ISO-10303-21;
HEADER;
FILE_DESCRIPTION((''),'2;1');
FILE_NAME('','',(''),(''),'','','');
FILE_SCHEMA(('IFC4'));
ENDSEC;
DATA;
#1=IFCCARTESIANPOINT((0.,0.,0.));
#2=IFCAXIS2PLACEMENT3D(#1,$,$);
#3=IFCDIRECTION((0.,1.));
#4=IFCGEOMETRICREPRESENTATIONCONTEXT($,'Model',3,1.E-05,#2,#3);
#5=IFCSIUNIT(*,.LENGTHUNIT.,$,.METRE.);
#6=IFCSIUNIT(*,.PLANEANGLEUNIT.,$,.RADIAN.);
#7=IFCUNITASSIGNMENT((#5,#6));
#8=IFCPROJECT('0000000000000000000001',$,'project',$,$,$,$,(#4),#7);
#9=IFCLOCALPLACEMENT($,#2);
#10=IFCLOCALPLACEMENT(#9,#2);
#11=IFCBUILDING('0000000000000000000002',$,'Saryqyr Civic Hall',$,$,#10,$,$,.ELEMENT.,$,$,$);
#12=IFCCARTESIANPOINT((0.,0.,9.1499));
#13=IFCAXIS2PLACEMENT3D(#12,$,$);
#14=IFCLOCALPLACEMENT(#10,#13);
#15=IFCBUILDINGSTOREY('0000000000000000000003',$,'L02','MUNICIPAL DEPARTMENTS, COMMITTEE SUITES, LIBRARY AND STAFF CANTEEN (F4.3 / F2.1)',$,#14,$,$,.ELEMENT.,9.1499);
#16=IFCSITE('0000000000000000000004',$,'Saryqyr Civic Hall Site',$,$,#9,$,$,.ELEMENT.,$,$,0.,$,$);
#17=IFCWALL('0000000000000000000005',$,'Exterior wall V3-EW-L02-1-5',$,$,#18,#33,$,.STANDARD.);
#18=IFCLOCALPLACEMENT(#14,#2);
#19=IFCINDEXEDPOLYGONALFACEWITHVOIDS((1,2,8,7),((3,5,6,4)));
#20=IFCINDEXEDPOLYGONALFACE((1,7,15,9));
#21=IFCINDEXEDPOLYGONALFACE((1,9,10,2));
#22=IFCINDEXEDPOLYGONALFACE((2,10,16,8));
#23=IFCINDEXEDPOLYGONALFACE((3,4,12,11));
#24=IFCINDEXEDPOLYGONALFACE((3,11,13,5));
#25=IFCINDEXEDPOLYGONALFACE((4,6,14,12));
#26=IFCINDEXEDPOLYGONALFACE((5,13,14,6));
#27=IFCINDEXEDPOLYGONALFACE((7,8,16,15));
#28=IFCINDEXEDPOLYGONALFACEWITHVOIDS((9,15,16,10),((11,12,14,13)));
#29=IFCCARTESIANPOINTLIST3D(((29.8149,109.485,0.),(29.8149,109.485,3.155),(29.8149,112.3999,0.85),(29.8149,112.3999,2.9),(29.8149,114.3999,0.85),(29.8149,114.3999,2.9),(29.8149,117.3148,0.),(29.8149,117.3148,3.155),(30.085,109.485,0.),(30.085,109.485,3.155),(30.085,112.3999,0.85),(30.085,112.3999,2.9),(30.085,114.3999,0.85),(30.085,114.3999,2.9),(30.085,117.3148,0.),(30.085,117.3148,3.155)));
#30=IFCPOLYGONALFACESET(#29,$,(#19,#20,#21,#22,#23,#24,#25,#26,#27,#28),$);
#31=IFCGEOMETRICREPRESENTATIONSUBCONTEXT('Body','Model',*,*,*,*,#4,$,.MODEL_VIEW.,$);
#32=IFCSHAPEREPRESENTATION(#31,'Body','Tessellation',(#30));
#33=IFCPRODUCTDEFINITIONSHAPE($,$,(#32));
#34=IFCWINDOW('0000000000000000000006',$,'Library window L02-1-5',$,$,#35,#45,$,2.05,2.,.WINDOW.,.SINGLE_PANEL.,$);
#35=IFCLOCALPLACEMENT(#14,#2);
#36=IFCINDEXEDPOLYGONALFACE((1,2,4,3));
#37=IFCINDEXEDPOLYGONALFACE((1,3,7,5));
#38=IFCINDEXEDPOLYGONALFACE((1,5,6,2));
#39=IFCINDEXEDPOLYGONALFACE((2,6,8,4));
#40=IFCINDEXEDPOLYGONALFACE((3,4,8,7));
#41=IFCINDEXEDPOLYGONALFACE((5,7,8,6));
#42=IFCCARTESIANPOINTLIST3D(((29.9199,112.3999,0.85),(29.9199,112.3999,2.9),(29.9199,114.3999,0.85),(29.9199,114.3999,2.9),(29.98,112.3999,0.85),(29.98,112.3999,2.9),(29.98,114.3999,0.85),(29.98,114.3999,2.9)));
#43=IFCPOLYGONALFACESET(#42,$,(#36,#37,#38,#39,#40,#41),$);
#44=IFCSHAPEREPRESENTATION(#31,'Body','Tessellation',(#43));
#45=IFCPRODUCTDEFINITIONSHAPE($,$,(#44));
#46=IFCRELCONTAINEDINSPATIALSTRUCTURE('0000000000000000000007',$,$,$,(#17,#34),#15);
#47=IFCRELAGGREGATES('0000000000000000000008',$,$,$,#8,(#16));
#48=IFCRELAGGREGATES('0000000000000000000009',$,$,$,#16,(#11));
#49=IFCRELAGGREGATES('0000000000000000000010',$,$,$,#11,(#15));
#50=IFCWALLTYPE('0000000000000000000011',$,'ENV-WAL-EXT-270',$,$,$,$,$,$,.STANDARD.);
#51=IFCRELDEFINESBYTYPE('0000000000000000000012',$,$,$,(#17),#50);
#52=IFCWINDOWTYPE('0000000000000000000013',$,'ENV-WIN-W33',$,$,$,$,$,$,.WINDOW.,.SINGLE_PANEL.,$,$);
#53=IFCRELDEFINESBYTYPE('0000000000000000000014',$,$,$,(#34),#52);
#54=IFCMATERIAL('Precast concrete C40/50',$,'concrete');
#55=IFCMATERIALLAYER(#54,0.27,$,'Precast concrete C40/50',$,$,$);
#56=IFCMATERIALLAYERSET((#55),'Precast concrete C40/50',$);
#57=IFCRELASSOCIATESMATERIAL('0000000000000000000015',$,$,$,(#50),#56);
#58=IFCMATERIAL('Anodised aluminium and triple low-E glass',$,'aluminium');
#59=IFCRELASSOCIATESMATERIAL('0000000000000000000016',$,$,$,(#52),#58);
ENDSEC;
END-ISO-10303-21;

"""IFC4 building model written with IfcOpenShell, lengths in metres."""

from ifc_helpers import new_model, si_unit, direction, frame, frame_2d, origin, place, context, subcontext, project, spatial, rectangle, extrude, material, layer, layer_set, type_object, element, fill, save


model = new_model("IFC4")

# Units and contexts
model_context = context("Model", 3, precision=1e-05, world=origin(), true_north=direction((0.0, 1.0)))
body_context = subcontext(model_context, "Body", "Model", "MODEL_VIEW")
ifc_project = project(units=[si_unit("LENGTHUNIT", "METRE"), si_unit("PLANEANGLEUNIT", "RADIAN")], contexts=[model_context])

# Site, building, storey
site_placement = place(None, origin())
site = spatial("IfcSite", under=ifc_project, at=site_placement, Name="Saryqyr Civic Hall Site", CompositionType="ELEMENT", RefElevation=0.0)
building_placement = place(site_placement, origin())
building = spatial("IfcBuilding", under=site, at=building_placement, Name="Saryqyr Civic Hall", CompositionType="ELEMENT")
storey_placement = place(building_placement, frame((0.0, 0.0, 9.1499)))
storey = spatial("IfcBuildingStorey", under=building, at=storey_placement, Name="L02", Description="MUNICIPAL DEPARTMENTS, COMMITTEE SUITES, LIBRARY AND STAFF CANTEEN (F4.3 / F2.1)", CompositionType="ELEMENT", Elevation=9.1499)

# Shared definitions
ifc_material_1 = material(Name="Anodised aluminium and triple low-E glass", Category="aluminium")

# Wall, opening, window
ifc_material_2 = material(Name="Precast concrete C40/50", Category="concrete")
ifc_layer_1 = layer(ifc_material_2, 0.27, Name="Precast concrete C40/50")
ifc_layer_set_1 = layer_set([ifc_layer_1], Name="Precast concrete C40/50")
wall_type = type_object("IfcWallType", Name="ENV-WAL-EXT-270", PredefinedType="STANDARD", material=ifc_layer_set_1)
wall_placement = place(storey_placement, frame((29.95, 117.3149, 0.0), z_axis=(0.0, 0.0, 1.0), x_axis=(0.0, -1.0, 0.0)))
wall = element("IfcWall", 1, at=wall_placement, inside=storey, type_object=wall_type, Name="Exterior wall V3-EW-L02-1-5", PredefinedType="STANDARD", context=body_context, shape_type="SweptSolid", body=[
    extrude(rectangle(XDim=7.8298, YDim=0.27, at=frame_2d((3.915, 0.0))), origin(), (0.0, 0.0, 1.0), 3.155),
])
opening_placement = place(wall_placement, frame((2.915, 0.0, 0.8501)))
opening = element("IfcOpeningElement", 2, at=opening_placement, cuts=wall, PredefinedType="OPENING", context=body_context, shape_type="SweptSolid", body=[
    extrude(rectangle(XDim=2.0, YDim=2.05, at=frame_2d((1.0, 1.0249))), frame((0.0, 0.145, 0.0), z_axis=(0.0, -1.0, 0.0), x_axis=(1.0, 0.0, 0.0)), (0.0, 0.0, 1.0), 0.29),
])
window_type = type_object("IfcWindowType", Name="ENV-WIN-W33", PartitioningType="SINGLE_PANEL", PredefinedType="WINDOW", material=ifc_material_1)
window_placement = place(opening_placement, origin())
window = element("IfcWindow", 3, at=window_placement, inside=storey, type_object=window_type, Name="Library window L02-1-5", OverallHeight=2.05, OverallWidth=2.0, PartitioningType="SINGLE_PANEL", PredefinedType="WINDOW", context=body_context, shape_type="SweptSolid", body=[
    extrude(rectangle(XDim=2.0, YDim=2.05, at=frame_2d((1.0, 1.0249))), frame((0.0, 0.03, 0.0), z_axis=(0.0, -1.0, 0.0), x_axis=(1.0, 0.0, 0.0)), (0.0, 0.0, 1.0), 0.0601),
])
fill(opening, window)

save(model, "model.ifc")
